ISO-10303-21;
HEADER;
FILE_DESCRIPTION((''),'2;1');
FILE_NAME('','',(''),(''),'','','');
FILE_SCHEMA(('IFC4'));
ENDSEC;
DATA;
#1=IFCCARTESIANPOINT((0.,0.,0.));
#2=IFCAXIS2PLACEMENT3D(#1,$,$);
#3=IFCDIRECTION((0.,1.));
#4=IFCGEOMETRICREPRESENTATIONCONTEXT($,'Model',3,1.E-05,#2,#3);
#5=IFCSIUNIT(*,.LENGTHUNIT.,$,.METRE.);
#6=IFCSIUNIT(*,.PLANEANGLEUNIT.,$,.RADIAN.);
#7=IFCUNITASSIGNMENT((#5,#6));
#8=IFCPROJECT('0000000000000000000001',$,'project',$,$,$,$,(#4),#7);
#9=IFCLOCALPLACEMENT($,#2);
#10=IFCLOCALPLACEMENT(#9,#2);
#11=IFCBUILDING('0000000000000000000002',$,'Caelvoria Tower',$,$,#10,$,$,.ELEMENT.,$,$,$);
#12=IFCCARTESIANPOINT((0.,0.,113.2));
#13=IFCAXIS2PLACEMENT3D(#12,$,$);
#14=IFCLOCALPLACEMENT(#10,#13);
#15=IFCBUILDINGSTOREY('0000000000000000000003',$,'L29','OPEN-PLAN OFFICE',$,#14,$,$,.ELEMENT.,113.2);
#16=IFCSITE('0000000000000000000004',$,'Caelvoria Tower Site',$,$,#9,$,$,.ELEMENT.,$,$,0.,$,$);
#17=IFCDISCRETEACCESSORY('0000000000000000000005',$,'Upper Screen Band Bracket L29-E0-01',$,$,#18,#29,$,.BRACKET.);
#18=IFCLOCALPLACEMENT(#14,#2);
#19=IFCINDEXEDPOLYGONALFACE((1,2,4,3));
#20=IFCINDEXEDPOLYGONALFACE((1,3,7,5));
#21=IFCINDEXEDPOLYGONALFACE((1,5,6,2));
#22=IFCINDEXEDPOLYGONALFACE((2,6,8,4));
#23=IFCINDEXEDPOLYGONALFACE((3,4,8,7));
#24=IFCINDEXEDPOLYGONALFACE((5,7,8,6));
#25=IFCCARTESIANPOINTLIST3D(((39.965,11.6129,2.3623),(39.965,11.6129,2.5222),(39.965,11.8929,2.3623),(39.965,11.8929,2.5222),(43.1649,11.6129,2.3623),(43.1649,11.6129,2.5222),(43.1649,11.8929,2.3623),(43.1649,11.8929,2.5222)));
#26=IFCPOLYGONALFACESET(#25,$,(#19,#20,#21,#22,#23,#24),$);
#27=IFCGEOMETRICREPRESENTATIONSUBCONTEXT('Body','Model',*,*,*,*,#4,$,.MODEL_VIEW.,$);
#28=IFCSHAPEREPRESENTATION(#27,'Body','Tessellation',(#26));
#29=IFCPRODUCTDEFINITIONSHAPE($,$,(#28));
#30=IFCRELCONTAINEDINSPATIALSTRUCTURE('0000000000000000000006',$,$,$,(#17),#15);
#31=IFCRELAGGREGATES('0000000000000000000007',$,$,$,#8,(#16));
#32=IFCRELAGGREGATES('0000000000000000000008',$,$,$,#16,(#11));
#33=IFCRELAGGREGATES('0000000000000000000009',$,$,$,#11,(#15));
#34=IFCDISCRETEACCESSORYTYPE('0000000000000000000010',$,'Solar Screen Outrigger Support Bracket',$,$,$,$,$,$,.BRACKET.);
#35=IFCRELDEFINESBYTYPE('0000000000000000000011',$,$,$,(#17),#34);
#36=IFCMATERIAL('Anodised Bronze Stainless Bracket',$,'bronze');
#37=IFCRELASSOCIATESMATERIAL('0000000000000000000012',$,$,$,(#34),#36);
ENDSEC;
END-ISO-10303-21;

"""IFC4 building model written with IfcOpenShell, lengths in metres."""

from ifc_helpers import new_model, si_unit, direction, frame, origin, origin_2d, place, context, subcontext, project, spatial, rectangle, extrude, material, type_object, element, save


model = new_model("IFC4")

# Units and contexts
model_context = context("Model", 3, precision=1e-05, world=origin(), true_north=direction((0.0, 1.0)))
body_context = subcontext(model_context, "Body", "Model", "MODEL_VIEW")
ifc_project = project(units=[si_unit("LENGTHUNIT", "METRE"), si_unit("PLANEANGLEUNIT", "RADIAN")], contexts=[model_context])

# Site, building, storey
site_placement = place(None, origin())
site = spatial("IfcSite", under=ifc_project, at=site_placement, Name="Caelvoria Tower Site", CompositionType="ELEMENT", RefElevation=0.0)
building_placement = place(site_placement, origin())
building = spatial("IfcBuilding", under=site, at=building_placement, Name="Caelvoria Tower", CompositionType="ELEMENT")
storey_placement = place(building_placement, frame((0.0, 0.0, 113.2)))
storey = spatial("IfcBuildingStorey", under=building, at=storey_placement, Name="L29", Description="OPEN-PLAN OFFICE", CompositionType="ELEMENT", Elevation=113.2)

# Discrete accessory
ifc_material_1 = material(Name="Anodised Bronze Stainless Bracket", Category="bronze")
discrete_accessory_type = type_object("IfcDiscreteAccessoryType", Name="Solar Screen Outrigger Support Bracket", PredefinedType="BRACKET", material=ifc_material_1)
for number, where, z_axis, x_axis, name in (
    (1, (41.5649, 11.7529, 2.3623), (0.0, 0.0, 1.0), (1.0, 0.0, 0.0), "Upper Screen Band Bracket L29-E0-01"),
):
    element("IfcDiscreteAccessory", number, at=place(storey_placement, frame(where, z_axis=z_axis, x_axis=x_axis)), inside=storey, type_object=discrete_accessory_type, Name=name, PredefinedType="BRACKET", context=body_context, shape_type="SweptSolid", body=[
        extrude(rectangle(XDim=3.2, YDim=0.28, at=origin_2d()), origin(), (0.0, 0.0, 1.0), 0.1599),
    ])

save(model, "model.ifc")
